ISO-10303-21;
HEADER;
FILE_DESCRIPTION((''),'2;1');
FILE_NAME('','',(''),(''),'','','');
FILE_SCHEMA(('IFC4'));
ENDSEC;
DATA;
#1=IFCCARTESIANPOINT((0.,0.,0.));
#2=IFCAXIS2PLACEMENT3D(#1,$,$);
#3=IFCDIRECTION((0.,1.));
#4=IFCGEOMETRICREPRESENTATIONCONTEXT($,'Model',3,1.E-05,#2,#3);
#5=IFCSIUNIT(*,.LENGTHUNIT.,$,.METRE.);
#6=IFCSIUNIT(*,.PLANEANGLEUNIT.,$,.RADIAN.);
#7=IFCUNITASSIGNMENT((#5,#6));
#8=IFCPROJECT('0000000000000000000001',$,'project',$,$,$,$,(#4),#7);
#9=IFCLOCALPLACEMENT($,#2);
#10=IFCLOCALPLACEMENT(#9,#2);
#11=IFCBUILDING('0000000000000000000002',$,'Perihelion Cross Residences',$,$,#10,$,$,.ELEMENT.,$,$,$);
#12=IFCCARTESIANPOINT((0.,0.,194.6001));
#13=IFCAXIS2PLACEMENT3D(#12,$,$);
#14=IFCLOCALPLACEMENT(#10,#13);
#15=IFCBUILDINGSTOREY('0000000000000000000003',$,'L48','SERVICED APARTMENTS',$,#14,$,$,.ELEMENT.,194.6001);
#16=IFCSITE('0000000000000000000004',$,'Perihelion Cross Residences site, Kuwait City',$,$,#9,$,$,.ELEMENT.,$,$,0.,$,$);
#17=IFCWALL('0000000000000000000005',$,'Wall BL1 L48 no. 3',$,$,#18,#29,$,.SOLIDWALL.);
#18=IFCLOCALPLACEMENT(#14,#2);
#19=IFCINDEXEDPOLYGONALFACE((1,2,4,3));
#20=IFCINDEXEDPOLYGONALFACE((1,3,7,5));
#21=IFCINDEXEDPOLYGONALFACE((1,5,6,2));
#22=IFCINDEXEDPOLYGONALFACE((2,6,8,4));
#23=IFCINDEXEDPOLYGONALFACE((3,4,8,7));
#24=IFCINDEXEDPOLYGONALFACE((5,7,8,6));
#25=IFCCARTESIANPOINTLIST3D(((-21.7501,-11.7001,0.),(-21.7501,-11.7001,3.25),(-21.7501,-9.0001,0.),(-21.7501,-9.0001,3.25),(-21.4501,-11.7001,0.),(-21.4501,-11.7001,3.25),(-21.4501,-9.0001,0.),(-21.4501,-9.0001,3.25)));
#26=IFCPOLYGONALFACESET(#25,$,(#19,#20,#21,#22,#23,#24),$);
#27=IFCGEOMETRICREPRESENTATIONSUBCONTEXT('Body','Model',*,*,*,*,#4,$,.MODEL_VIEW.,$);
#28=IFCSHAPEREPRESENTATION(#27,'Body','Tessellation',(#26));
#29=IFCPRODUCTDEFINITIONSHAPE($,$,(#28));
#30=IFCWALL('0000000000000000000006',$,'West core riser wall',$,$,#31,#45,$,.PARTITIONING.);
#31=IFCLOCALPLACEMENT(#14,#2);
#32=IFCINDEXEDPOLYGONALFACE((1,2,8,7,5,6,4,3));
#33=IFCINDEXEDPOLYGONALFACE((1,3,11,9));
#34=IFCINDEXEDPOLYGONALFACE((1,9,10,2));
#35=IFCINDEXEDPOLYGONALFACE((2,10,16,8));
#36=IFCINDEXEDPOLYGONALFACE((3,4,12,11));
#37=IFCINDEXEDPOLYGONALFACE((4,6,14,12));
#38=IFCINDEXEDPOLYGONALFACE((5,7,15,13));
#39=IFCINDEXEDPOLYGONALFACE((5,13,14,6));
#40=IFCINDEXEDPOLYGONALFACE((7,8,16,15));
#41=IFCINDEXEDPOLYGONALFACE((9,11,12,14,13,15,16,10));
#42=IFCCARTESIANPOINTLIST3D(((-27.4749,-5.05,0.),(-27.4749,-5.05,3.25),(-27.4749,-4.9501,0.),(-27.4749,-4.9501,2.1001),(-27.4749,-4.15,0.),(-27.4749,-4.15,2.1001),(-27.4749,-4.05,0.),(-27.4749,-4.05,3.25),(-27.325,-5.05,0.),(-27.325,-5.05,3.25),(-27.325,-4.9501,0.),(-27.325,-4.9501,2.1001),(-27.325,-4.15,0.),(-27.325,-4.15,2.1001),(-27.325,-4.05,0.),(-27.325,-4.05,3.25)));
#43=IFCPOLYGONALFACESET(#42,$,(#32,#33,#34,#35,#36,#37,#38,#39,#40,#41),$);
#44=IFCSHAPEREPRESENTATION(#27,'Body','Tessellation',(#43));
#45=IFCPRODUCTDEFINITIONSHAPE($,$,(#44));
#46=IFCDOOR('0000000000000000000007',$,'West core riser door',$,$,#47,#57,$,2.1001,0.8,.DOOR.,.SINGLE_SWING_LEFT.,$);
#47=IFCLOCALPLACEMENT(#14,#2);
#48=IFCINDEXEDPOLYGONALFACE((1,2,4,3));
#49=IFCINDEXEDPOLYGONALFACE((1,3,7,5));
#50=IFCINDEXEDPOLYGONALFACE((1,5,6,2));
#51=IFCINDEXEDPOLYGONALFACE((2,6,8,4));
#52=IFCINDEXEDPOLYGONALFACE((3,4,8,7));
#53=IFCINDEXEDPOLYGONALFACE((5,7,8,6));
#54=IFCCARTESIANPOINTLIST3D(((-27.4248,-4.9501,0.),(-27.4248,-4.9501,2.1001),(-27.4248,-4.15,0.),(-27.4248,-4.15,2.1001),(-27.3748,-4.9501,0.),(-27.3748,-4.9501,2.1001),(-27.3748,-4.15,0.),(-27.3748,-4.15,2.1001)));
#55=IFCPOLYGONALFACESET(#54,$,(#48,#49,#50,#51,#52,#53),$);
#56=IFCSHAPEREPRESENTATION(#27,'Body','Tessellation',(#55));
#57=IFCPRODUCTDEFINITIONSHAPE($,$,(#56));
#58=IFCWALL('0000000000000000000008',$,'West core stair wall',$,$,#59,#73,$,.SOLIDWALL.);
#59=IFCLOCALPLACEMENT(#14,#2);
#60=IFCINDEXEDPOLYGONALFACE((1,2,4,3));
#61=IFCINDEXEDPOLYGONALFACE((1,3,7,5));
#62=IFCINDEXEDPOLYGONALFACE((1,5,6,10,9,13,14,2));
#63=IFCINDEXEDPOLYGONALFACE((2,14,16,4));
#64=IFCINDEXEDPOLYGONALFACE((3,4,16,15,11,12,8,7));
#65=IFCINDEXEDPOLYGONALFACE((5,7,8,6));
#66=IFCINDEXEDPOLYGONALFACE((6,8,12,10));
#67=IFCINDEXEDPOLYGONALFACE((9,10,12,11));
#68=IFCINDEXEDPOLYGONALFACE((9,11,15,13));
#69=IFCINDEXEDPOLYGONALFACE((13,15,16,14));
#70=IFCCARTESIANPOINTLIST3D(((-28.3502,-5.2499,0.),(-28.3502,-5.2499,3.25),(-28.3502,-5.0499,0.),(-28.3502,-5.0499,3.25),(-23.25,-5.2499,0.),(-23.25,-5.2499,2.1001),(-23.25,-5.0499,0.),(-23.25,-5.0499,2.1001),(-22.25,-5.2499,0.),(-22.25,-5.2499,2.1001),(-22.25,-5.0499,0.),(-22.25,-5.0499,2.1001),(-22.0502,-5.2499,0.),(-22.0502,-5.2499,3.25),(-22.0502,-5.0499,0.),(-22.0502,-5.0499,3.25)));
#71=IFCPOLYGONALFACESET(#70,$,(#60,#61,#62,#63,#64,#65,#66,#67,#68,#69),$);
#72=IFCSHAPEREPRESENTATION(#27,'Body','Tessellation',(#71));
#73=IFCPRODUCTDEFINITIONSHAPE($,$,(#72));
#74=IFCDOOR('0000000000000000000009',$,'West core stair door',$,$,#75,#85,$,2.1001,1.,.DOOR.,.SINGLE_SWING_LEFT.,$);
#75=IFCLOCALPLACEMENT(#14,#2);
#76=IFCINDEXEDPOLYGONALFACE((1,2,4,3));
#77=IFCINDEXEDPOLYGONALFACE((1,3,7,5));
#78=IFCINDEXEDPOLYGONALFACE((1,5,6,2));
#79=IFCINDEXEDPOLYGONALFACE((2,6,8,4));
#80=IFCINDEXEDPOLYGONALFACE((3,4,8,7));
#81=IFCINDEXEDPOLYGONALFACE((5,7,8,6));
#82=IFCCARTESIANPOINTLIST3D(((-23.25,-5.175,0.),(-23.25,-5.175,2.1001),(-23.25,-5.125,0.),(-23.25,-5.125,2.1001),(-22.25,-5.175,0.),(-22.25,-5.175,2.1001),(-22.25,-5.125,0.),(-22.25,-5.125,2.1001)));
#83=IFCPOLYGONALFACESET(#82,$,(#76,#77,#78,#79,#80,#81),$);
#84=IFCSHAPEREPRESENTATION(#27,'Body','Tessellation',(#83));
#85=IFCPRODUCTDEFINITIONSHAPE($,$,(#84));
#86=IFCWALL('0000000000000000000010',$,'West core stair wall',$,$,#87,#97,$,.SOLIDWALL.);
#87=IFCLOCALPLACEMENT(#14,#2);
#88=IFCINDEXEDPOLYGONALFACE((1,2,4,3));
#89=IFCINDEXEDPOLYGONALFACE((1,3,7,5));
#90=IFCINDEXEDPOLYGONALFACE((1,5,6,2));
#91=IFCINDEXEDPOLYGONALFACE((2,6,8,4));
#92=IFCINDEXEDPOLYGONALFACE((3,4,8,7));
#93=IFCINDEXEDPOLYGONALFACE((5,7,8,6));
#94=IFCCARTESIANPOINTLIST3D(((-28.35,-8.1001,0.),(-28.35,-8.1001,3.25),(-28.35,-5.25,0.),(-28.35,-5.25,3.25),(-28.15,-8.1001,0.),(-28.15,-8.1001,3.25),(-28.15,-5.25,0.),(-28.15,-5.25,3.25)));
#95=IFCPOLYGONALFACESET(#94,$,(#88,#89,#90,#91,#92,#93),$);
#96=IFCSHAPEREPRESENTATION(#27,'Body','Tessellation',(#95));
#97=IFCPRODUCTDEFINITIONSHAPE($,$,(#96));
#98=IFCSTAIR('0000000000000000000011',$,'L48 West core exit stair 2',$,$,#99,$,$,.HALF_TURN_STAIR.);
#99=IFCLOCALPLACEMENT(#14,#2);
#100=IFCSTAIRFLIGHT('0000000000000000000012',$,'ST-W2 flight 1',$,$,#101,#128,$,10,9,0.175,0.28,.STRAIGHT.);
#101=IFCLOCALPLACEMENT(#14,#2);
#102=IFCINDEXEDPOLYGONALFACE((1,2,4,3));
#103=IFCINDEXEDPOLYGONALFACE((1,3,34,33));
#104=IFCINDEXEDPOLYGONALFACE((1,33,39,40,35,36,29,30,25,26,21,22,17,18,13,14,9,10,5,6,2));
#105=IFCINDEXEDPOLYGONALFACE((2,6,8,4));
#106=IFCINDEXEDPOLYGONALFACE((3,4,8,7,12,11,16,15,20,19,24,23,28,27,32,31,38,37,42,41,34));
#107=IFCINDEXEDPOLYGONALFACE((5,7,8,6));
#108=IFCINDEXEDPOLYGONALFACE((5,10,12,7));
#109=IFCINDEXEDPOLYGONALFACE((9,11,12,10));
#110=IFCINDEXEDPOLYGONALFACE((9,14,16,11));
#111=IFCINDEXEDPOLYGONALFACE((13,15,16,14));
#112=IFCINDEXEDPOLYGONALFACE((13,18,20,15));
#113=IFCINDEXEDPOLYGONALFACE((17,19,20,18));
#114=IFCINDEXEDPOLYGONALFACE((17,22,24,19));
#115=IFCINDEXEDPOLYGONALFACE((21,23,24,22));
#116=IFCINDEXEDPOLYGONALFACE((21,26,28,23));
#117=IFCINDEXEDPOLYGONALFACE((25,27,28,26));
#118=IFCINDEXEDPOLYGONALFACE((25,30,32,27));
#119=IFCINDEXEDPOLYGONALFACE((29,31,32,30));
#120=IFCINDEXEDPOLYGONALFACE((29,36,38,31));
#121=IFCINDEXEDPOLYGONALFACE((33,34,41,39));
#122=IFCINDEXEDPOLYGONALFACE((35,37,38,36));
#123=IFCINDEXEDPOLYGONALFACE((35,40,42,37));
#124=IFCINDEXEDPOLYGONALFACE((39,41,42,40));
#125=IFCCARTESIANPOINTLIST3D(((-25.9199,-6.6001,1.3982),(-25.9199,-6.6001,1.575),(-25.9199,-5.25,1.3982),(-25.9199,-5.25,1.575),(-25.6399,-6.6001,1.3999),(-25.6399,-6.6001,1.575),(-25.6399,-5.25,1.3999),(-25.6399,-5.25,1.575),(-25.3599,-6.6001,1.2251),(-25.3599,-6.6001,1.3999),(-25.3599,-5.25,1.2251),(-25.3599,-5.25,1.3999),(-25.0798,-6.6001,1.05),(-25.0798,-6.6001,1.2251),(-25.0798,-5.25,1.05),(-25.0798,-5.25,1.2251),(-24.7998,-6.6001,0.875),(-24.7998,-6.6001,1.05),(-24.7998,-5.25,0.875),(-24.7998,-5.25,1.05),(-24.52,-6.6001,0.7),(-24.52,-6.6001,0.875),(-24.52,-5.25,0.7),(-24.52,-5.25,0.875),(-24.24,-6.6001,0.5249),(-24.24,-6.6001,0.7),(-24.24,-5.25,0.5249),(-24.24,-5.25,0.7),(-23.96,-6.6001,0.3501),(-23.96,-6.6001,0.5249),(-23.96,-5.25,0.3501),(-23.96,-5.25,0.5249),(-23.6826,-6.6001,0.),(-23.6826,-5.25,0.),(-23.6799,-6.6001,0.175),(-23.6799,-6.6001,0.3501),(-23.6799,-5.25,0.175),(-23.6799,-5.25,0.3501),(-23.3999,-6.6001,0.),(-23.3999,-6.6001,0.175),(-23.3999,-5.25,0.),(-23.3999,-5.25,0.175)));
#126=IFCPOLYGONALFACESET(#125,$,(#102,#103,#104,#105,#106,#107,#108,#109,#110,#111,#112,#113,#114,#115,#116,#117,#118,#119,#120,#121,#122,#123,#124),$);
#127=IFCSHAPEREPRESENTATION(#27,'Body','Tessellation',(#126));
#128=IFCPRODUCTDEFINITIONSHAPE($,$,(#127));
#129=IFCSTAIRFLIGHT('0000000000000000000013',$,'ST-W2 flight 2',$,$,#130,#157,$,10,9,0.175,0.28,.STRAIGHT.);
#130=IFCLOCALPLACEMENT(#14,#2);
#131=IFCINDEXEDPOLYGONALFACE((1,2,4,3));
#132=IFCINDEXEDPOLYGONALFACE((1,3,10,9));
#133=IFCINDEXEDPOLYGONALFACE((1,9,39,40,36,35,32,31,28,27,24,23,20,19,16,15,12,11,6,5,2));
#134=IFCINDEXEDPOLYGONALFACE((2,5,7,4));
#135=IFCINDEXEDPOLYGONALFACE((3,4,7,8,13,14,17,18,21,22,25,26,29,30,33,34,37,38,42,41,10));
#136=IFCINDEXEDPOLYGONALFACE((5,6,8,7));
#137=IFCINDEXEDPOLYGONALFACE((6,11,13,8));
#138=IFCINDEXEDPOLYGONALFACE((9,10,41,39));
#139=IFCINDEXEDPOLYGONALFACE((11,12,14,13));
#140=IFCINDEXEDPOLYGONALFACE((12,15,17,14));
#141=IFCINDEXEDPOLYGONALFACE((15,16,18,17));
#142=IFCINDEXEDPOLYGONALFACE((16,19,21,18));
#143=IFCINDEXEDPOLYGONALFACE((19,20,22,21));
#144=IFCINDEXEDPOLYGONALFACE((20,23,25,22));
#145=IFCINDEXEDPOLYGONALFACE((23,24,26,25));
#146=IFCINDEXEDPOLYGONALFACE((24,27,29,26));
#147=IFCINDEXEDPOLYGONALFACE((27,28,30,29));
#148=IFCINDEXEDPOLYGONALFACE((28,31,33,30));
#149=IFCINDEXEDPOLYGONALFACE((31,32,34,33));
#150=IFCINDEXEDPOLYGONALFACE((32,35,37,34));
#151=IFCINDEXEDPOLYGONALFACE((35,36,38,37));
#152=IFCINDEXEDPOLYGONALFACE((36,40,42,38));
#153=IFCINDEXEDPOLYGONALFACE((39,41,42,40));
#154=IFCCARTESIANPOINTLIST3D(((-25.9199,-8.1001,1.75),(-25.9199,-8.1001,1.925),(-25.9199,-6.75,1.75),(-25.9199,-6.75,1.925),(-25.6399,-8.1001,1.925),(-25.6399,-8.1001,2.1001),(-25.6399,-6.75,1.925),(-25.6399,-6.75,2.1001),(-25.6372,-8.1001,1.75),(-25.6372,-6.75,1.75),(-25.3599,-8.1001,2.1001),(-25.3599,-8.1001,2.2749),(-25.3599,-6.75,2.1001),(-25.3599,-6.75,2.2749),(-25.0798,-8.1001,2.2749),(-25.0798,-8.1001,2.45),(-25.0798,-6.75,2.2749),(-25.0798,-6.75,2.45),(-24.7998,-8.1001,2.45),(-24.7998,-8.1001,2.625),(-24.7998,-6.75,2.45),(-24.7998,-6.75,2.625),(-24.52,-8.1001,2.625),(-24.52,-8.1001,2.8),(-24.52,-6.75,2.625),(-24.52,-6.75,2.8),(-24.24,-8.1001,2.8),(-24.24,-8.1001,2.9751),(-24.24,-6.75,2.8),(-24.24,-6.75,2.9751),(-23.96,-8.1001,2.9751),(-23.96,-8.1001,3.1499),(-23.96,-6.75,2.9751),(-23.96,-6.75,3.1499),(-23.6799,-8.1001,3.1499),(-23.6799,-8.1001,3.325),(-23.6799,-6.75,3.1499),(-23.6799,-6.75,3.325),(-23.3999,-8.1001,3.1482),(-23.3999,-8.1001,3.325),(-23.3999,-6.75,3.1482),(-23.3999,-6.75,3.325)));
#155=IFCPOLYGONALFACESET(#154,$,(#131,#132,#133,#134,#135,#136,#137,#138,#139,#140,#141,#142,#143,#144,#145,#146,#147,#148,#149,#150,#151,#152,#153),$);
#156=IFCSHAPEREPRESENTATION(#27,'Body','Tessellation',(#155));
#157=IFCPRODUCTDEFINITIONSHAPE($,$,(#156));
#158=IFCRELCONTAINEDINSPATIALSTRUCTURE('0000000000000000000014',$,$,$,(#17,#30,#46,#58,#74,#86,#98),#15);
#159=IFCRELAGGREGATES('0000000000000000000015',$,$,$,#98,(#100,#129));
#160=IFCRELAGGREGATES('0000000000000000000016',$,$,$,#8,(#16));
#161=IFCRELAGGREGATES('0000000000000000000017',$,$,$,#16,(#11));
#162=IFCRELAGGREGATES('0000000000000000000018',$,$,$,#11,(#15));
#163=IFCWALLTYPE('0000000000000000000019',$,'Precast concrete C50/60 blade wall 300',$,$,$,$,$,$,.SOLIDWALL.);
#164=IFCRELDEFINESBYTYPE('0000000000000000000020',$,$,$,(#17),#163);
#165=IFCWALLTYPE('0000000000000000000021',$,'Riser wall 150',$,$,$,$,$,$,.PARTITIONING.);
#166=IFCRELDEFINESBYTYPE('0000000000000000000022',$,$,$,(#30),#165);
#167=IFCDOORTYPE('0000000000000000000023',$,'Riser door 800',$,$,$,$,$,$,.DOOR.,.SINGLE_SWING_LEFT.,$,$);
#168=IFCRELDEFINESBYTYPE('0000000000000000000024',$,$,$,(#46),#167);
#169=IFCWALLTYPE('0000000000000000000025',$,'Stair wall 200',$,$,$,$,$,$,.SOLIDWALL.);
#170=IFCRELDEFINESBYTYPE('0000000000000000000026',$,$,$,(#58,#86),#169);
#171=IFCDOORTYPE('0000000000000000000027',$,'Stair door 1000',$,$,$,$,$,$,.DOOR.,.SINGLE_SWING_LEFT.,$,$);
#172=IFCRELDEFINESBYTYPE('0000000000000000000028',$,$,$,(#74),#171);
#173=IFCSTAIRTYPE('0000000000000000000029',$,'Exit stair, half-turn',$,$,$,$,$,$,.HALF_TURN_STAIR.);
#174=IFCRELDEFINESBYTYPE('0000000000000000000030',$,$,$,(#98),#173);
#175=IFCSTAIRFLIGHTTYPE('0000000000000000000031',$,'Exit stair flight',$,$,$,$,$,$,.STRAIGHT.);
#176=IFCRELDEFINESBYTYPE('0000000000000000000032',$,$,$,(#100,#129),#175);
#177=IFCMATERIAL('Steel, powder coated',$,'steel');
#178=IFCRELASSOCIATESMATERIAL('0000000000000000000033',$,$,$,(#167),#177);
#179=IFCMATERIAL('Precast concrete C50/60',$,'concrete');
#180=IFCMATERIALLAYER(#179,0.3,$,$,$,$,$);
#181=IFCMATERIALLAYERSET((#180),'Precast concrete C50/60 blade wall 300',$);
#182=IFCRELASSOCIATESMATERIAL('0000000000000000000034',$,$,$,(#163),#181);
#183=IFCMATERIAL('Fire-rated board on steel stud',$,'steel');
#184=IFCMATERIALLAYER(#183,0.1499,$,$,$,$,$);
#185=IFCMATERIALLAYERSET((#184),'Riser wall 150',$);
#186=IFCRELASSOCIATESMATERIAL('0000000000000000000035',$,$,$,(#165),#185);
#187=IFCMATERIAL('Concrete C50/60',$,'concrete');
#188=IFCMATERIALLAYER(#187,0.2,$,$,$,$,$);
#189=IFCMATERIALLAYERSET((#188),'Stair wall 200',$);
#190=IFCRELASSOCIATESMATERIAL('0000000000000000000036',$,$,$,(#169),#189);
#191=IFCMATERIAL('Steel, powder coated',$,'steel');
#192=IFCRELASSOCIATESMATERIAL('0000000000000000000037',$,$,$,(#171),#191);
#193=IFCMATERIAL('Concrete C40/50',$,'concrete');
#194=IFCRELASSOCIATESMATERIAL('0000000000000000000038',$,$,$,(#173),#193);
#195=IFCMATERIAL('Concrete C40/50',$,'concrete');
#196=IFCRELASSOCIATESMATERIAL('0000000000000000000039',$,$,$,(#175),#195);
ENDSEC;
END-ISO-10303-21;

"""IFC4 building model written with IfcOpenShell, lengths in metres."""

from ifc_helpers import new_model, si_unit, direction, frame, frame_2d, origin, place, context, subcontext, project, spatial, polyline, rectangle, outline, extrude, material, layer, layer_set, type_object, element, fill, aggregate, save


model = new_model("IFC4")

# Units and contexts
model_context = context("Model", 3, precision=1e-05, world=origin(), true_north=direction((0.0, 1.0)))
body_context = subcontext(model_context, "Body", "Model", "MODEL_VIEW")
ifc_project = project(units=[si_unit("LENGTHUNIT", "METRE"), si_unit("PLANEANGLEUNIT", "RADIAN")], contexts=[model_context])

# Site, building, storey
site_placement = place(None, origin())
site = spatial("IfcSite", under=ifc_project, at=site_placement, Name="Perihelion Cross Residences site, Kuwait City", CompositionType="ELEMENT", RefElevation=0.0)
building_placement = place(site_placement, origin())
building = spatial("IfcBuilding", under=site, at=building_placement, Name="Perihelion Cross Residences", CompositionType="ELEMENT")
storey_placement = place(building_placement, frame((0.0, 0.0, 194.6001)))
storey = spatial("IfcBuildingStorey", under=building, at=storey_placement, Name="L48", Description="SERVICED APARTMENTS", CompositionType="ELEMENT", Elevation=194.6001)

# Shared definitions
ifc_material_1 = material(Name="Steel, powder coated", Category="steel")
door_type_1 = type_object("IfcDoorType", Name="Riser door 800", OperationType="SINGLE_SWING_LEFT", PredefinedType="DOOR", material=ifc_material_1)

# Wall
ifc_material_2 = material(Name="Precast concrete C50/60", Category="concrete")
ifc_layer_1 = layer(ifc_material_2, 0.3)
ifc_layer_set_1 = layer_set([ifc_layer_1], Name="Precast concrete C50/60 blade wall 300")
wall_type_1 = type_object("IfcWallType", Name="Precast concrete C50/60 blade wall 300", PredefinedType="SOLIDWALL", material=ifc_layer_set_1)
wall_1_placement = place(storey_placement, frame((-21.6001, -9.0, 0.0), z_axis=(0.0, 0.0, 1.0), x_axis=(0.0, -1.0, 0.0)))
element("IfcWall", 1, at=wall_1_placement, inside=storey, type_object=wall_type_1, Name="Wall BL1 L48 no. 3", PredefinedType="SOLIDWALL", context=body_context, shape_type="SweptSolid", body=[
    extrude(rectangle(XDim=2.7, YDim=0.3, at=frame_2d((1.3501, 0.0))), origin(), (0.0, 0.0, 1.0), 3.25),
])

# Walls, openings, doors
ifc_material_3 = material(Name="Fire-rated board on steel stud", Category="steel")
ifc_layer_2 = layer(ifc_material_3, 0.1499)
ifc_layer_set_2 = layer_set([ifc_layer_2], Name="Riser wall 150")
wall_type_2 = type_object("IfcWallType", Name="Riser wall 150", PredefinedType="PARTITIONING", material=ifc_layer_set_2)
wall_2_placement = place(storey_placement, frame((-27.3999, -5.05, 0.0), z_axis=(0.0, 0.0, 1.0), x_axis=(0.0, 1.0, 0.0)))
wall_2 = element("IfcWall", 2, at=wall_2_placement, inside=storey, type_object=wall_type_2, Name="West core riser wall", PredefinedType="PARTITIONING", context=body_context, shape_type="SweptSolid", body=[
    extrude(rectangle(XDim=1.0, YDim=0.1499, at=frame_2d((0.5, 0.0))), origin(), (0.0, 0.0, 1.0), 3.25),
])
opening_1_placement = place(wall_2_placement, frame((0.1001, 0.0, 0.0)))
opening_1 = element("IfcOpeningElement", 3, at=opening_1_placement, cuts=wall_2, PredefinedType="OPENING", context=body_context, shape_type="SweptSolid", body=[
    extrude(rectangle(XDim=0.8, YDim=2.1001, at=frame_2d((0.3999, 1.05))), frame((0.0, 0.085, 0.0), z_axis=(0.0, -1.0, 0.0), x_axis=(1.0, 0.0, 0.0)), (0.0, 0.0, 1.0), 0.1699),
])
door_1_placement = place(opening_1_placement, origin())
door_1 = element("IfcDoor", 4, at=door_1_placement, inside=storey, type_object=door_type_1, Name="West core riser door", OperationType="SINGLE_SWING_LEFT", OverallHeight=2.1001, OverallWidth=0.8, PredefinedType="DOOR", context=body_context, shape_type="SweptSolid", body=[
    extrude(rectangle(XDim=0.8, YDim=2.1001, at=frame_2d((0.3999, 1.05))), frame((0.0, 0.0249, 0.0), z_axis=(0.0, -1.0, 0.0), x_axis=(1.0, 0.0, 0.0)), (0.0, 0.0, 1.0), 0.05),
])
fill(opening_1, door_1)
ifc_material_4 = material(Name="Concrete C50/60", Category="concrete")
ifc_layer_3 = layer(ifc_material_4, 0.2)
ifc_layer_set_3 = layer_set([ifc_layer_3], Name="Stair wall 200")
wall_type_3 = type_object("IfcWallType", Name="Stair wall 200", PredefinedType="SOLIDWALL", material=ifc_layer_set_3)
wall_3_placement = place(storey_placement, frame((-28.3501, -5.1499, 0.0), z_axis=(0.0, 0.0, 1.0), x_axis=(1.0, 0.0, 0.0)))
wall_3 = element("IfcWall", 5, at=wall_3_placement, inside=storey, type_object=wall_type_3, Name="West core stair wall", PredefinedType="SOLIDWALL", context=body_context, shape_type="SweptSolid", body=[
    extrude(rectangle(XDim=6.3, YDim=0.2, at=frame_2d((3.1499, 0.0))), origin(), (0.0, 0.0, 1.0), 3.25),
])
opening_2_placement = place(wall_3_placement, frame((5.1001, 0.0, 0.0)))
opening_2 = element("IfcOpeningElement", 6, at=opening_2_placement, cuts=wall_3, PredefinedType="OPENING", context=body_context, shape_type="SweptSolid", body=[
    extrude(rectangle(XDim=1.0, YDim=2.1001, at=frame_2d((0.5, 1.05))), frame((0.0, 0.1099, 0.0), z_axis=(0.0, -1.0, 0.0), x_axis=(1.0, 0.0, 0.0)), (0.0, 0.0, 1.0), 0.22),
])
ifc_material_5 = material(Name="Steel, powder coated", Category="steel")
door_type_2 = type_object("IfcDoorType", Name="Stair door 1000", OperationType="SINGLE_SWING_LEFT", PredefinedType="DOOR", material=ifc_material_5)
door_2_placement = place(opening_2_placement, origin())
door_2 = element("IfcDoor", 7, at=door_2_placement, inside=storey, type_object=door_type_2, Name="West core stair door", OperationType="SINGLE_SWING_LEFT", OverallHeight=2.1001, OverallWidth=1.0, PredefinedType="DOOR", context=body_context, shape_type="SweptSolid", body=[
    extrude(rectangle(XDim=1.0, YDim=2.1001, at=frame_2d((0.5, 1.05))), frame((0.0, 0.0249, 0.0), z_axis=(0.0, -1.0, 0.0), x_axis=(1.0, 0.0, 0.0)), (0.0, 0.0, 1.0), 0.05),
])
fill(opening_2, door_2)

# Wall
wall_4_placement = place(storey_placement, frame((-28.25, -8.1001, 0.0), z_axis=(0.0, 0.0, 1.0), x_axis=(0.0, 1.0, 0.0)))
element("IfcWall", 8, at=wall_4_placement, inside=storey, type_object=wall_type_3, Name="West core stair wall", PredefinedType="SOLIDWALL", context=body_context, shape_type="SweptSolid", body=[
    extrude(rectangle(XDim=2.8501, YDim=0.2, at=frame_2d((1.425, 0.0))), origin(), (0.0, 0.0, 1.0), 3.25),
])

# Stair, stair flights
ifc_material_6 = material(Name="Concrete C40/50", Category="concrete")
stair_type = type_object("IfcStairType", Name="Exit stair, half-turn", PredefinedType="HALF_TURN_STAIR", material=ifc_material_6)
stair_placement = place(storey_placement, origin())
stair = element("IfcStair", 9, at=stair_placement, inside=storey, type_object=stair_type, Name="L48 West core exit stair 2", PredefinedType="HALF_TURN_STAIR")
ifc_material_7 = material(Name="Concrete C40/50", Category="concrete")
stair_flight_type = type_object("IfcStairFlightType", Name="Exit stair flight", PredefinedType="STRAIGHT", material=ifc_material_7)
stair_flight_1_placement = place(storey_placement, frame((-23.3999, -5.925, 0.0), z_axis=(0.0, 0.0, 1.0), x_axis=(-1.0, 0.0, 0.0)))
stair_flight_1 = element("IfcStairFlight", 10, at=stair_flight_1_placement, type_object=stair_flight_type, Name="ST-W2 flight 1", NumberOfRisers=10, NumberOfTreads=9, PredefinedType="STRAIGHT", RiserHeight=0.175, TreadLength=0.28, context=body_context, shape_type="SweptSolid", body=[
    extrude(outline(polyline([(0.0, 0.0), (0.0, 0.175), (0.28, 0.175), (0.28, 0.3501), (0.5601, 0.3501), (0.5601, 0.5249), (0.8401, 0.5249), (0.8401, 0.7), (1.1201, 0.7), (1.1201, 0.875), (1.3999, 0.875), (1.3999, 1.05), (1.6799, 1.05), (1.6799, 1.2251), (1.96, 1.2251), (1.96, 1.3999), (2.24, 1.3999), (2.24, 1.575), (2.52, 1.575), (2.52, 1.75), (2.52, 1.3982), (0.2827, 0.0), (0.0, 0.0)])), frame((0.0, 0.675, 0.0), z_axis=(0.0, -1.0, 0.0), x_axis=(1.0, 0.0, 0.0)), (0.0, 0.0, 1.0), 1.3501),
])
stair_flight_2_placement = place(storey_placement, frame((-25.9199, -7.425, 1.75), z_axis=(0.0, 0.0, 1.0), x_axis=(1.0, 0.0, 0.0)))
stair_flight_2 = element("IfcStairFlight", 11, at=stair_flight_2_placement, type_object=stair_flight_type, Name="ST-W2 flight 2", NumberOfRisers=10, NumberOfTreads=9, PredefinedType="STRAIGHT", RiserHeight=0.175, TreadLength=0.28, context=body_context, shape_type="SweptSolid", body=[
    extrude(outline(polyline([(0.0, 0.0), (0.0, 0.175), (0.28, 0.175), (0.28, 0.3501), (0.5601, 0.3501), (0.5601, 0.5249), (0.8401, 0.5249), (0.8401, 0.7), (1.1201, 0.7), (1.1201, 0.875), (1.3999, 0.875), (1.3999, 1.05), (1.6799, 1.05), (1.6799, 1.2251), (1.96, 1.2251), (1.96, 1.3999), (2.24, 1.3999), (2.24, 1.575), (2.52, 1.575), (2.52, 1.75), (2.52, 1.3982), (0.2827, 0.0), (0.0, 0.0)])), frame((0.0, 0.675, 0.0), z_axis=(0.0, -1.0, 0.0), x_axis=(1.0, 0.0, 0.0)), (0.0, 0.0, 1.0), 1.3501),
])
aggregate(stair, [stair_flight_1, stair_flight_2])

save(model, "model.ifc")
